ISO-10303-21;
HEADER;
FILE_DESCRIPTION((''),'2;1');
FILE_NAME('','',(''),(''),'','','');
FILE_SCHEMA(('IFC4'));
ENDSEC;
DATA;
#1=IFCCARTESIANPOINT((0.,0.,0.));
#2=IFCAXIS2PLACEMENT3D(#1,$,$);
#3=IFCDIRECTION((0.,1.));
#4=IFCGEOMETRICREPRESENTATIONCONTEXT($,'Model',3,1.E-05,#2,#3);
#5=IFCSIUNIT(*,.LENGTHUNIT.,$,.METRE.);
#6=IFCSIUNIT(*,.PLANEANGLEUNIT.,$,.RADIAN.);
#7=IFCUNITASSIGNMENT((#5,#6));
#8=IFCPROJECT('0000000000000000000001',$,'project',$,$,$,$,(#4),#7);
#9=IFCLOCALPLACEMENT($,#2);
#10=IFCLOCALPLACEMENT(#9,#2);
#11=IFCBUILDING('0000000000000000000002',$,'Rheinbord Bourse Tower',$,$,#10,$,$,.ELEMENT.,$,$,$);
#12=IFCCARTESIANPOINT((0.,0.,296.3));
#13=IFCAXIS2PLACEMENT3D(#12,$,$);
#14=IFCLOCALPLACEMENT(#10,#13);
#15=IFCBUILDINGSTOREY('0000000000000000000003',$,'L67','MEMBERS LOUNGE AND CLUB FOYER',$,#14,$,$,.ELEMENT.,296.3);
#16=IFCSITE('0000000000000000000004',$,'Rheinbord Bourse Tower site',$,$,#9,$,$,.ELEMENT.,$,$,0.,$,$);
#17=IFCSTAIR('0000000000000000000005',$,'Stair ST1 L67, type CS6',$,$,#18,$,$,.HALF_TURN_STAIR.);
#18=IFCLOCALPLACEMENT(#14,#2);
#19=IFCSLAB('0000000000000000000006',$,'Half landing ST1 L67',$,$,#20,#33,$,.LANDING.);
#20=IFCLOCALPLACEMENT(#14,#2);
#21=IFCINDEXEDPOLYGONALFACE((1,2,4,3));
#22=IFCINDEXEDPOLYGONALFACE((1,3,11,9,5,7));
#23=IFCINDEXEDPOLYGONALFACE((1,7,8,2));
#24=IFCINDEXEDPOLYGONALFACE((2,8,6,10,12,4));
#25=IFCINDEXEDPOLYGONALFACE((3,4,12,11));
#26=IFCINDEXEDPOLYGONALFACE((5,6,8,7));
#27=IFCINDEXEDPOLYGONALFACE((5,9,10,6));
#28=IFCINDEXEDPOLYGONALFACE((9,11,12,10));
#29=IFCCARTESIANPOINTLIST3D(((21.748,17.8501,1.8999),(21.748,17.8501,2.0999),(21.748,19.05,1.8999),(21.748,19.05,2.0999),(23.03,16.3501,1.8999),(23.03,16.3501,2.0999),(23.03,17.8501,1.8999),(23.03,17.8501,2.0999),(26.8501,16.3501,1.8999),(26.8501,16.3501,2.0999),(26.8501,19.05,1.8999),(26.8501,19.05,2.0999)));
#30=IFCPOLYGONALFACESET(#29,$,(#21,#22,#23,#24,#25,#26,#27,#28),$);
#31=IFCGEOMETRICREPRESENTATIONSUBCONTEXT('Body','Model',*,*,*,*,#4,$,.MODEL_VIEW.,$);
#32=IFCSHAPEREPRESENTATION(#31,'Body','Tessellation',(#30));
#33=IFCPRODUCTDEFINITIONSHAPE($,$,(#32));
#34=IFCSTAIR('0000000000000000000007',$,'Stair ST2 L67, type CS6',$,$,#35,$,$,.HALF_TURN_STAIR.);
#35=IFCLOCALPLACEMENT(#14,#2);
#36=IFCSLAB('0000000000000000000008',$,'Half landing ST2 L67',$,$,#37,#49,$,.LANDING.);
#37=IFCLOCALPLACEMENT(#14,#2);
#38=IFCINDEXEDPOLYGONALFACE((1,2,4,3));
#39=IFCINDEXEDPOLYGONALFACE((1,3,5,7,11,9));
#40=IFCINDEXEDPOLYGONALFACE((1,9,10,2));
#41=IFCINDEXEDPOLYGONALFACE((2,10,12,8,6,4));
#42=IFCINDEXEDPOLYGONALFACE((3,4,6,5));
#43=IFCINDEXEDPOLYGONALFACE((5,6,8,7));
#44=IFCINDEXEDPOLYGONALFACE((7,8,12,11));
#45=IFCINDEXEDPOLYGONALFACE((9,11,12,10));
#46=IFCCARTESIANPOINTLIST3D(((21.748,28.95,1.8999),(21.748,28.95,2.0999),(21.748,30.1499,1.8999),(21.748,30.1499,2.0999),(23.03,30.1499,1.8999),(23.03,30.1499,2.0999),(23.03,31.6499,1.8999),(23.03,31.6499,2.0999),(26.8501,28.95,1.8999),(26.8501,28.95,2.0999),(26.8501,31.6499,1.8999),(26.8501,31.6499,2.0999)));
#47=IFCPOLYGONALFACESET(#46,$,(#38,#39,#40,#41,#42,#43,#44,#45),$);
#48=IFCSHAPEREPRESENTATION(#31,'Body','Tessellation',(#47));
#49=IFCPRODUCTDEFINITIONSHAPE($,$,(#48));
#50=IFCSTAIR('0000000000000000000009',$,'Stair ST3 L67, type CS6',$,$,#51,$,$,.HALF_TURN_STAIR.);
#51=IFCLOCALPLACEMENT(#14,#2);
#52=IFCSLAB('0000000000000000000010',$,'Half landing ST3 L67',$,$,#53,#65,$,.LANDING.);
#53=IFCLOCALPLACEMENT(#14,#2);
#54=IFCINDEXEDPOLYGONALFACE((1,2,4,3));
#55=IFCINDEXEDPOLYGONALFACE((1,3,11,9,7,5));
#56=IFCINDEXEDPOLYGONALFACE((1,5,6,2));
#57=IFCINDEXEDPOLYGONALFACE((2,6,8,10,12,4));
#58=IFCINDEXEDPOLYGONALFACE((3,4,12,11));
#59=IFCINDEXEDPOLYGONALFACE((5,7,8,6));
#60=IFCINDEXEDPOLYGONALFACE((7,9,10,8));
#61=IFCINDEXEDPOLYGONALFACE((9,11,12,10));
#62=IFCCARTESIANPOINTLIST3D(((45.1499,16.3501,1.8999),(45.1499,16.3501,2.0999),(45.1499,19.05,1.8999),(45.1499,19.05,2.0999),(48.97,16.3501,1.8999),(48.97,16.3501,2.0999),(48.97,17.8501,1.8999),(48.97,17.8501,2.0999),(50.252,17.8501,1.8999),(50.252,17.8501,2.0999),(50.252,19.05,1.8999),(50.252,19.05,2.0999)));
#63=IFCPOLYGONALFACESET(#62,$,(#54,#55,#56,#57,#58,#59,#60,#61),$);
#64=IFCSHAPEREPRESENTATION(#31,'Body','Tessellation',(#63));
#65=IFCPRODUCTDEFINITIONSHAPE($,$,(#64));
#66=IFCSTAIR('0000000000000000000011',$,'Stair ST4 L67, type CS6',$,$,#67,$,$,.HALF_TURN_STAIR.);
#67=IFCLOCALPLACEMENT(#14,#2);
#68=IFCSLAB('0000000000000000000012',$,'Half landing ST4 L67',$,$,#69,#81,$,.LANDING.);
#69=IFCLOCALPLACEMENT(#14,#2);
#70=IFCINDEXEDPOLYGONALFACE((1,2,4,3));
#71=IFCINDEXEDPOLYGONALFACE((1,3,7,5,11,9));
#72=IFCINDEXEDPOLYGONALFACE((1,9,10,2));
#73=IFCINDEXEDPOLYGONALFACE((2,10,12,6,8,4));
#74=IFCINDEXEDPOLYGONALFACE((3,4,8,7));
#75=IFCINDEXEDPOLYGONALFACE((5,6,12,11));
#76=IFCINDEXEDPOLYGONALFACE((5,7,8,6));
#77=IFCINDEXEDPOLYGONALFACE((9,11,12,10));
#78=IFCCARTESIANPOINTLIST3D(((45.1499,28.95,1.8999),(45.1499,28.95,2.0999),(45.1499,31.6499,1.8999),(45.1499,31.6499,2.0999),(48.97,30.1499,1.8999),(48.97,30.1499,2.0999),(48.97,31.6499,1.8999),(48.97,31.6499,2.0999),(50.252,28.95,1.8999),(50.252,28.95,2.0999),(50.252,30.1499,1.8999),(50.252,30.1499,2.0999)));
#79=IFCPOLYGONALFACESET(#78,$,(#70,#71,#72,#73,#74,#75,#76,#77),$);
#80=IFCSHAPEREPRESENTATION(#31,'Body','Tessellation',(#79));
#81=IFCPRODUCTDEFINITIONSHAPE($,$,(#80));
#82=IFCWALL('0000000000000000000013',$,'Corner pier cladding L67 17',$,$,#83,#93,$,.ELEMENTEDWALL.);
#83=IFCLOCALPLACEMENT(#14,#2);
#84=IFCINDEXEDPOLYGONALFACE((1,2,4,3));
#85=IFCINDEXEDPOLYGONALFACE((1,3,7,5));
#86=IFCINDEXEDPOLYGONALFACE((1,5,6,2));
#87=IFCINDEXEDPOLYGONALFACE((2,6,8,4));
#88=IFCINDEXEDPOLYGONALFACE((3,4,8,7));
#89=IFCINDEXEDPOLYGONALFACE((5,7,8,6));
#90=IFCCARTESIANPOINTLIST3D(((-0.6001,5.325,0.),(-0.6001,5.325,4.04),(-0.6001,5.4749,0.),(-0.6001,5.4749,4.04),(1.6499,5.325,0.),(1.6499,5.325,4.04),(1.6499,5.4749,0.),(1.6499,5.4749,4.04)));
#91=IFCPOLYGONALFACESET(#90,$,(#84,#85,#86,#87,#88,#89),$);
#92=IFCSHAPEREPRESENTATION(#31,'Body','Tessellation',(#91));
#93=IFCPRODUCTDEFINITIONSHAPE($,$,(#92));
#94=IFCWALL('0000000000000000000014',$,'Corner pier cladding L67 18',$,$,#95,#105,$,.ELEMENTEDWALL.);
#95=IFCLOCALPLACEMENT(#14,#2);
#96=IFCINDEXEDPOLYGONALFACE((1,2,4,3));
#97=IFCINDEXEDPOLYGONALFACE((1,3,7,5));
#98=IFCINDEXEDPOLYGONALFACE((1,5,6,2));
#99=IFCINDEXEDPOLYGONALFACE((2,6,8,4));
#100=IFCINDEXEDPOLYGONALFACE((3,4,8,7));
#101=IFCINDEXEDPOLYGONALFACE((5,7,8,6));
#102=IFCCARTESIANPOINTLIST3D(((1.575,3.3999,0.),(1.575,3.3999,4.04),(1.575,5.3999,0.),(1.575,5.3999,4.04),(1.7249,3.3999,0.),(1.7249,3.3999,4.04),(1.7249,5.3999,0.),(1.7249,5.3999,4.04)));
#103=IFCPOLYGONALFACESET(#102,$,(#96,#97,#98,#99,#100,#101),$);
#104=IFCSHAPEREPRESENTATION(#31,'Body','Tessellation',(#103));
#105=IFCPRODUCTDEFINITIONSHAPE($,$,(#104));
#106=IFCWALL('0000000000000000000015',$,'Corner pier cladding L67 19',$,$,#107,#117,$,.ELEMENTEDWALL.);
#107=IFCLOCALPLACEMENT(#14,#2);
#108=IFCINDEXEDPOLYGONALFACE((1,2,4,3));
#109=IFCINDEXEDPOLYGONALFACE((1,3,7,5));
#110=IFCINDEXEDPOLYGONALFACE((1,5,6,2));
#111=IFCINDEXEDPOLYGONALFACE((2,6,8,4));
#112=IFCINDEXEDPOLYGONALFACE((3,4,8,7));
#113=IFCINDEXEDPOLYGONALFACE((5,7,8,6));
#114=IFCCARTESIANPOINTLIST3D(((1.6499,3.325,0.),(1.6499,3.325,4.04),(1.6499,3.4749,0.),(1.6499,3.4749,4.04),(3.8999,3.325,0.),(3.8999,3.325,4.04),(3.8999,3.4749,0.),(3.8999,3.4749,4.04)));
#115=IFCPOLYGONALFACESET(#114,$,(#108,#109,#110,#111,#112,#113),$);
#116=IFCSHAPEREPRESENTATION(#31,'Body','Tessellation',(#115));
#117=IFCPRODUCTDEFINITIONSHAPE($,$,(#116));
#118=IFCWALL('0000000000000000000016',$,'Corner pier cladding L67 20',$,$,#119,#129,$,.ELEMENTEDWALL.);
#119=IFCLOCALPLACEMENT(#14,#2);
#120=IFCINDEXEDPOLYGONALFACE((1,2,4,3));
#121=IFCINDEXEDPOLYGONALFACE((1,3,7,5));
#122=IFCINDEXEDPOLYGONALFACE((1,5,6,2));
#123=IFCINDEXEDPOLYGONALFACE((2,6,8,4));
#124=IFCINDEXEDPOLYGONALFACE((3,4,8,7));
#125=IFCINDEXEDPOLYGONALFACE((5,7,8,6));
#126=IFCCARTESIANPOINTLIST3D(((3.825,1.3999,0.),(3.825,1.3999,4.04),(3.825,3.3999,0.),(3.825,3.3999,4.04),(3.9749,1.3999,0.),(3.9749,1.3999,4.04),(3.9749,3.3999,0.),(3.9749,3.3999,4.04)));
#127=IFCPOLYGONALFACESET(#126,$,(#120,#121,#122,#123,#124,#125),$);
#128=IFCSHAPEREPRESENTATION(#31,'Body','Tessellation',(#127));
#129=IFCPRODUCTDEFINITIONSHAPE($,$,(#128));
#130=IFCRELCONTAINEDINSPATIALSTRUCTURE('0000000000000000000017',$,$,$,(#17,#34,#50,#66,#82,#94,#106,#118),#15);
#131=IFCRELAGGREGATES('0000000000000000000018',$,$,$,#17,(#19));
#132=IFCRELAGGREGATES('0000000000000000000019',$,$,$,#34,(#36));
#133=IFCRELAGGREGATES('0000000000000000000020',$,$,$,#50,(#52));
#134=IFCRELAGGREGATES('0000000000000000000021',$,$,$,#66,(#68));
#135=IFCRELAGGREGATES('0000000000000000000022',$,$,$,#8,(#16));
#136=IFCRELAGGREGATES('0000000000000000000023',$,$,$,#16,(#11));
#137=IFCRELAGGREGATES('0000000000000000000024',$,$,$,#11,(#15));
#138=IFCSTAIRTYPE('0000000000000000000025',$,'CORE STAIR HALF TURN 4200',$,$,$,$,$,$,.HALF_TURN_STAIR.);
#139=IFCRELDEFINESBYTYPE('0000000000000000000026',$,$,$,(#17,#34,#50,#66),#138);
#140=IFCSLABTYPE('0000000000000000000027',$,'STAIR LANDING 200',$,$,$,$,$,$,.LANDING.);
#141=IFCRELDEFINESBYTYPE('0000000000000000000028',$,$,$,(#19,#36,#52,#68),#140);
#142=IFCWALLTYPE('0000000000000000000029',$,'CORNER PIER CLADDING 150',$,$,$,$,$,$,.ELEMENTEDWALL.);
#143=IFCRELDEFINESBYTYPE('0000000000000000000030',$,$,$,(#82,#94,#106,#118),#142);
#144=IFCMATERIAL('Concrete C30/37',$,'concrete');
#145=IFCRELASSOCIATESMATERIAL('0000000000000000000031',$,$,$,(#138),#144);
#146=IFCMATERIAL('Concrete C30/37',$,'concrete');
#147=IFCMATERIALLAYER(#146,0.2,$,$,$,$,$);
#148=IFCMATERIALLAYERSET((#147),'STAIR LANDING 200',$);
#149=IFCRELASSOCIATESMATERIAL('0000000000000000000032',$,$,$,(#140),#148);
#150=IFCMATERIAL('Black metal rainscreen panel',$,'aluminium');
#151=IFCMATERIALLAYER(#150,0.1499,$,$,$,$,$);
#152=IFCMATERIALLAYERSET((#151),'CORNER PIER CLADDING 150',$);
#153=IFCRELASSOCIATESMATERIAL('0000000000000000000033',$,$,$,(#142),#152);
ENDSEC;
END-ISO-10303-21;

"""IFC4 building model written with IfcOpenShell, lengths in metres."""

from ifc_helpers import new_model, si_unit, direction, frame, frame_2d, origin, place, context, subcontext, project, spatial, polyline, rectangle, outline, extrude, material, layer, layer_set, type_object, element, aggregate, save


model = new_model("IFC4")

# Units and contexts
model_context = context("Model", 3, precision=1e-05, world=origin(), true_north=direction((0.0, 1.0)))
body_context = subcontext(model_context, "Body", "Model", "MODEL_VIEW")
ifc_project = project(units=[si_unit("LENGTHUNIT", "METRE"), si_unit("PLANEANGLEUNIT", "RADIAN")], contexts=[model_context])

# Site, building, storey
site_placement = place(None, origin())
site = spatial("IfcSite", under=ifc_project, at=site_placement, Name="Rheinbord Bourse Tower site", CompositionType="ELEMENT", RefElevation=0.0)
building_placement = place(site_placement, origin())
building = spatial("IfcBuilding", under=site, at=building_placement, Name="Rheinbord Bourse Tower", CompositionType="ELEMENT")
storey_placement = place(building_placement, frame((0.0, 0.0, 296.3)))
storey = spatial("IfcBuildingStorey", under=building, at=storey_placement, Name="L67", Description="MEMBERS LOUNGE AND CLUB FOYER", CompositionType="ELEMENT", Elevation=296.3)

# Stairs, slabs
ifc_material_1 = material(Name="Concrete C30/37", Category="concrete")
stair_type = type_object("IfcStairType", Name="CORE STAIR HALF TURN 4200", PredefinedType="HALF_TURN_STAIR", material=ifc_material_1)
stair_1_placement = place(storey_placement, origin())
stair_1 = element("IfcStair", 1, at=stair_1_placement, inside=storey, type_object=stair_type, Name="Stair ST1 L67, type CS6", PredefinedType="HALF_TURN_STAIR")
ifc_material_2 = material(Name="Concrete C30/37", Category="concrete")
ifc_layer_1 = layer(ifc_material_2, 0.2)
ifc_layer_set_1 = layer_set([ifc_layer_1], Name="STAIR LANDING 200")
slab_type_1 = type_object("IfcSlabType", Name="STAIR LANDING 200", PredefinedType="LANDING", material=ifc_layer_set_1)
slab_1_placement = place(storey_placement, frame((0.0, 0.0, 1.8999)))
slab_1 = element("IfcSlab", 2, at=slab_1_placement, type_object=slab_type_1, Name="Half landing ST1 L67", PredefinedType="LANDING", context=body_context, shape_type="SweptSolid", body=[
    extrude(outline(polyline([(23.03, 16.3501), (26.8501, 16.3501), (26.8501, 19.05), (21.748, 19.05), (21.748, 17.8501), (23.03, 17.8501), (23.03, 16.3501)])), origin(), (0.0, 0.0, 1.0), 0.2),
])
aggregate(stair_1, [slab_1])
stair_2_placement = place(storey_placement, origin())
stair_2 = element("IfcStair", 3, at=stair_2_placement, inside=storey, type_object=stair_type, Name="Stair ST2 L67, type CS6", PredefinedType="HALF_TURN_STAIR")
slab_2_placement = place(storey_placement, frame((0.0, 0.0, 1.8999)))
slab_2 = element("IfcSlab", 4, at=slab_2_placement, type_object=slab_type_1, Name="Half landing ST2 L67", PredefinedType="LANDING", context=body_context, shape_type="SweptSolid", body=[
    extrude(outline(polyline([(21.748, 28.95), (26.8501, 28.95), (26.8501, 31.6499), (23.03, 31.6499), (23.03, 30.1499), (21.748, 30.1499), (21.748, 28.95)])), origin(), (0.0, 0.0, 1.0), 0.2),
])
aggregate(stair_2, [slab_2])
stair_3_placement = place(storey_placement, origin())
stair_3 = element("IfcStair", 5, at=stair_3_placement, inside=storey, type_object=stair_type, Name="Stair ST3 L67, type CS6", PredefinedType="HALF_TURN_STAIR")
slab_3_placement = place(storey_placement, frame((0.0, 0.0, 1.8999)))
slab_3 = element("IfcSlab", 6, at=slab_3_placement, type_object=slab_type_1, Name="Half landing ST3 L67", PredefinedType="LANDING", context=body_context, shape_type="SweptSolid", body=[
    extrude(outline(polyline([(45.1499, 16.3501), (48.97, 16.3501), (48.97, 17.8501), (50.252, 17.8501), (50.252, 19.05), (45.1499, 19.05), (45.1499, 16.3501)])), origin(), (0.0, 0.0, 1.0), 0.2),
])
aggregate(stair_3, [slab_3])
stair_4_placement = place(storey_placement, origin())
stair_4 = element("IfcStair", 7, at=stair_4_placement, inside=storey, type_object=stair_type, Name="Stair ST4 L67, type CS6", PredefinedType="HALF_TURN_STAIR")
slab_4_placement = place(storey_placement, frame((0.0, 0.0, 1.8999)))
slab_4 = element("IfcSlab", 8, at=slab_4_placement, type_object=slab_type_1, Name="Half landing ST4 L67", PredefinedType="LANDING", context=body_context, shape_type="SweptSolid", body=[
    extrude(outline(polyline([(45.1499, 28.95), (50.252, 28.95), (50.252, 30.1499), (48.97, 30.1499), (48.97, 31.6499), (45.1499, 31.6499), (45.1499, 28.95)])), origin(), (0.0, 0.0, 1.0), 0.2),
])
aggregate(stair_4, [slab_4])

# Walls
ifc_material_3 = material(Name="Black metal rainscreen panel", Category="aluminium")
ifc_layer_2 = layer(ifc_material_3, 0.1499)
ifc_layer_set_2 = layer_set([ifc_layer_2], Name="CORNER PIER CLADDING 150")
wall_type = type_object("IfcWallType", Name="CORNER PIER CLADDING 150", PredefinedType="ELEMENTEDWALL", material=ifc_layer_set_2)
wall_1_placement = place(storey_placement, frame((-0.6001, 5.3999, 0.0), z_axis=(0.0, 0.0, 1.0), x_axis=(1.0, 0.0, 0.0)))
element("IfcWall", 9, at=wall_1_placement, inside=storey, type_object=wall_type, Name="Corner pier cladding L67 17", PredefinedType="ELEMENTEDWALL", context=body_context, shape_type="SweptSolid", body=[
    extrude(rectangle(XDim=2.25, YDim=0.1499, at=frame_2d((1.125, 0.0))), origin(), (0.0, 0.0, 1.0), 4.04),
])
wall_2_placement = place(storey_placement, frame((1.6499, 5.3999, 0.0), z_axis=(0.0, 0.0, 1.0), x_axis=(0.0, -1.0, 0.0)))
element("IfcWall", 10, at=wall_2_placement, inside=storey, type_object=wall_type, Name="Corner pier cladding L67 18", PredefinedType="ELEMENTEDWALL", context=body_context, shape_type="SweptSolid", body=[
    extrude(rectangle(XDim=2.0, YDim=0.1499, at=frame_2d((1.0, 0.0))), origin(), (0.0, 0.0, 1.0), 4.04),
])
wall_3_placement = place(storey_placement, frame((1.6499, 3.3999, 0.0), z_axis=(0.0, 0.0, 1.0), x_axis=(1.0, 0.0, 0.0)))
element("IfcWall", 11, at=wall_3_placement, inside=storey, type_object=wall_type, Name="Corner pier cladding L67 19", PredefinedType="ELEMENTEDWALL", context=body_context, shape_type="SweptSolid", body=[
    extrude(rectangle(XDim=2.25, YDim=0.1499, at=frame_2d((1.125, 0.0))), origin(), (0.0, 0.0, 1.0), 4.04),
])
wall_4_placement = place(storey_placement, frame((3.8999, 3.3999, 0.0), z_axis=(0.0, 0.0, 1.0), x_axis=(0.0, -1.0, 0.0)))
element("IfcWall", 12, at=wall_4_placement, inside=storey, type_object=wall_type, Name="Corner pier cladding L67 20", PredefinedType="ELEMENTEDWALL", context=body_context, shape_type="SweptSolid", body=[
    extrude(rectangle(XDim=2.0, YDim=0.1499, at=frame_2d((1.0, 0.0))), origin(), (0.0, 0.0, 1.0), 4.04),
])

save(model, "model.ifc")
